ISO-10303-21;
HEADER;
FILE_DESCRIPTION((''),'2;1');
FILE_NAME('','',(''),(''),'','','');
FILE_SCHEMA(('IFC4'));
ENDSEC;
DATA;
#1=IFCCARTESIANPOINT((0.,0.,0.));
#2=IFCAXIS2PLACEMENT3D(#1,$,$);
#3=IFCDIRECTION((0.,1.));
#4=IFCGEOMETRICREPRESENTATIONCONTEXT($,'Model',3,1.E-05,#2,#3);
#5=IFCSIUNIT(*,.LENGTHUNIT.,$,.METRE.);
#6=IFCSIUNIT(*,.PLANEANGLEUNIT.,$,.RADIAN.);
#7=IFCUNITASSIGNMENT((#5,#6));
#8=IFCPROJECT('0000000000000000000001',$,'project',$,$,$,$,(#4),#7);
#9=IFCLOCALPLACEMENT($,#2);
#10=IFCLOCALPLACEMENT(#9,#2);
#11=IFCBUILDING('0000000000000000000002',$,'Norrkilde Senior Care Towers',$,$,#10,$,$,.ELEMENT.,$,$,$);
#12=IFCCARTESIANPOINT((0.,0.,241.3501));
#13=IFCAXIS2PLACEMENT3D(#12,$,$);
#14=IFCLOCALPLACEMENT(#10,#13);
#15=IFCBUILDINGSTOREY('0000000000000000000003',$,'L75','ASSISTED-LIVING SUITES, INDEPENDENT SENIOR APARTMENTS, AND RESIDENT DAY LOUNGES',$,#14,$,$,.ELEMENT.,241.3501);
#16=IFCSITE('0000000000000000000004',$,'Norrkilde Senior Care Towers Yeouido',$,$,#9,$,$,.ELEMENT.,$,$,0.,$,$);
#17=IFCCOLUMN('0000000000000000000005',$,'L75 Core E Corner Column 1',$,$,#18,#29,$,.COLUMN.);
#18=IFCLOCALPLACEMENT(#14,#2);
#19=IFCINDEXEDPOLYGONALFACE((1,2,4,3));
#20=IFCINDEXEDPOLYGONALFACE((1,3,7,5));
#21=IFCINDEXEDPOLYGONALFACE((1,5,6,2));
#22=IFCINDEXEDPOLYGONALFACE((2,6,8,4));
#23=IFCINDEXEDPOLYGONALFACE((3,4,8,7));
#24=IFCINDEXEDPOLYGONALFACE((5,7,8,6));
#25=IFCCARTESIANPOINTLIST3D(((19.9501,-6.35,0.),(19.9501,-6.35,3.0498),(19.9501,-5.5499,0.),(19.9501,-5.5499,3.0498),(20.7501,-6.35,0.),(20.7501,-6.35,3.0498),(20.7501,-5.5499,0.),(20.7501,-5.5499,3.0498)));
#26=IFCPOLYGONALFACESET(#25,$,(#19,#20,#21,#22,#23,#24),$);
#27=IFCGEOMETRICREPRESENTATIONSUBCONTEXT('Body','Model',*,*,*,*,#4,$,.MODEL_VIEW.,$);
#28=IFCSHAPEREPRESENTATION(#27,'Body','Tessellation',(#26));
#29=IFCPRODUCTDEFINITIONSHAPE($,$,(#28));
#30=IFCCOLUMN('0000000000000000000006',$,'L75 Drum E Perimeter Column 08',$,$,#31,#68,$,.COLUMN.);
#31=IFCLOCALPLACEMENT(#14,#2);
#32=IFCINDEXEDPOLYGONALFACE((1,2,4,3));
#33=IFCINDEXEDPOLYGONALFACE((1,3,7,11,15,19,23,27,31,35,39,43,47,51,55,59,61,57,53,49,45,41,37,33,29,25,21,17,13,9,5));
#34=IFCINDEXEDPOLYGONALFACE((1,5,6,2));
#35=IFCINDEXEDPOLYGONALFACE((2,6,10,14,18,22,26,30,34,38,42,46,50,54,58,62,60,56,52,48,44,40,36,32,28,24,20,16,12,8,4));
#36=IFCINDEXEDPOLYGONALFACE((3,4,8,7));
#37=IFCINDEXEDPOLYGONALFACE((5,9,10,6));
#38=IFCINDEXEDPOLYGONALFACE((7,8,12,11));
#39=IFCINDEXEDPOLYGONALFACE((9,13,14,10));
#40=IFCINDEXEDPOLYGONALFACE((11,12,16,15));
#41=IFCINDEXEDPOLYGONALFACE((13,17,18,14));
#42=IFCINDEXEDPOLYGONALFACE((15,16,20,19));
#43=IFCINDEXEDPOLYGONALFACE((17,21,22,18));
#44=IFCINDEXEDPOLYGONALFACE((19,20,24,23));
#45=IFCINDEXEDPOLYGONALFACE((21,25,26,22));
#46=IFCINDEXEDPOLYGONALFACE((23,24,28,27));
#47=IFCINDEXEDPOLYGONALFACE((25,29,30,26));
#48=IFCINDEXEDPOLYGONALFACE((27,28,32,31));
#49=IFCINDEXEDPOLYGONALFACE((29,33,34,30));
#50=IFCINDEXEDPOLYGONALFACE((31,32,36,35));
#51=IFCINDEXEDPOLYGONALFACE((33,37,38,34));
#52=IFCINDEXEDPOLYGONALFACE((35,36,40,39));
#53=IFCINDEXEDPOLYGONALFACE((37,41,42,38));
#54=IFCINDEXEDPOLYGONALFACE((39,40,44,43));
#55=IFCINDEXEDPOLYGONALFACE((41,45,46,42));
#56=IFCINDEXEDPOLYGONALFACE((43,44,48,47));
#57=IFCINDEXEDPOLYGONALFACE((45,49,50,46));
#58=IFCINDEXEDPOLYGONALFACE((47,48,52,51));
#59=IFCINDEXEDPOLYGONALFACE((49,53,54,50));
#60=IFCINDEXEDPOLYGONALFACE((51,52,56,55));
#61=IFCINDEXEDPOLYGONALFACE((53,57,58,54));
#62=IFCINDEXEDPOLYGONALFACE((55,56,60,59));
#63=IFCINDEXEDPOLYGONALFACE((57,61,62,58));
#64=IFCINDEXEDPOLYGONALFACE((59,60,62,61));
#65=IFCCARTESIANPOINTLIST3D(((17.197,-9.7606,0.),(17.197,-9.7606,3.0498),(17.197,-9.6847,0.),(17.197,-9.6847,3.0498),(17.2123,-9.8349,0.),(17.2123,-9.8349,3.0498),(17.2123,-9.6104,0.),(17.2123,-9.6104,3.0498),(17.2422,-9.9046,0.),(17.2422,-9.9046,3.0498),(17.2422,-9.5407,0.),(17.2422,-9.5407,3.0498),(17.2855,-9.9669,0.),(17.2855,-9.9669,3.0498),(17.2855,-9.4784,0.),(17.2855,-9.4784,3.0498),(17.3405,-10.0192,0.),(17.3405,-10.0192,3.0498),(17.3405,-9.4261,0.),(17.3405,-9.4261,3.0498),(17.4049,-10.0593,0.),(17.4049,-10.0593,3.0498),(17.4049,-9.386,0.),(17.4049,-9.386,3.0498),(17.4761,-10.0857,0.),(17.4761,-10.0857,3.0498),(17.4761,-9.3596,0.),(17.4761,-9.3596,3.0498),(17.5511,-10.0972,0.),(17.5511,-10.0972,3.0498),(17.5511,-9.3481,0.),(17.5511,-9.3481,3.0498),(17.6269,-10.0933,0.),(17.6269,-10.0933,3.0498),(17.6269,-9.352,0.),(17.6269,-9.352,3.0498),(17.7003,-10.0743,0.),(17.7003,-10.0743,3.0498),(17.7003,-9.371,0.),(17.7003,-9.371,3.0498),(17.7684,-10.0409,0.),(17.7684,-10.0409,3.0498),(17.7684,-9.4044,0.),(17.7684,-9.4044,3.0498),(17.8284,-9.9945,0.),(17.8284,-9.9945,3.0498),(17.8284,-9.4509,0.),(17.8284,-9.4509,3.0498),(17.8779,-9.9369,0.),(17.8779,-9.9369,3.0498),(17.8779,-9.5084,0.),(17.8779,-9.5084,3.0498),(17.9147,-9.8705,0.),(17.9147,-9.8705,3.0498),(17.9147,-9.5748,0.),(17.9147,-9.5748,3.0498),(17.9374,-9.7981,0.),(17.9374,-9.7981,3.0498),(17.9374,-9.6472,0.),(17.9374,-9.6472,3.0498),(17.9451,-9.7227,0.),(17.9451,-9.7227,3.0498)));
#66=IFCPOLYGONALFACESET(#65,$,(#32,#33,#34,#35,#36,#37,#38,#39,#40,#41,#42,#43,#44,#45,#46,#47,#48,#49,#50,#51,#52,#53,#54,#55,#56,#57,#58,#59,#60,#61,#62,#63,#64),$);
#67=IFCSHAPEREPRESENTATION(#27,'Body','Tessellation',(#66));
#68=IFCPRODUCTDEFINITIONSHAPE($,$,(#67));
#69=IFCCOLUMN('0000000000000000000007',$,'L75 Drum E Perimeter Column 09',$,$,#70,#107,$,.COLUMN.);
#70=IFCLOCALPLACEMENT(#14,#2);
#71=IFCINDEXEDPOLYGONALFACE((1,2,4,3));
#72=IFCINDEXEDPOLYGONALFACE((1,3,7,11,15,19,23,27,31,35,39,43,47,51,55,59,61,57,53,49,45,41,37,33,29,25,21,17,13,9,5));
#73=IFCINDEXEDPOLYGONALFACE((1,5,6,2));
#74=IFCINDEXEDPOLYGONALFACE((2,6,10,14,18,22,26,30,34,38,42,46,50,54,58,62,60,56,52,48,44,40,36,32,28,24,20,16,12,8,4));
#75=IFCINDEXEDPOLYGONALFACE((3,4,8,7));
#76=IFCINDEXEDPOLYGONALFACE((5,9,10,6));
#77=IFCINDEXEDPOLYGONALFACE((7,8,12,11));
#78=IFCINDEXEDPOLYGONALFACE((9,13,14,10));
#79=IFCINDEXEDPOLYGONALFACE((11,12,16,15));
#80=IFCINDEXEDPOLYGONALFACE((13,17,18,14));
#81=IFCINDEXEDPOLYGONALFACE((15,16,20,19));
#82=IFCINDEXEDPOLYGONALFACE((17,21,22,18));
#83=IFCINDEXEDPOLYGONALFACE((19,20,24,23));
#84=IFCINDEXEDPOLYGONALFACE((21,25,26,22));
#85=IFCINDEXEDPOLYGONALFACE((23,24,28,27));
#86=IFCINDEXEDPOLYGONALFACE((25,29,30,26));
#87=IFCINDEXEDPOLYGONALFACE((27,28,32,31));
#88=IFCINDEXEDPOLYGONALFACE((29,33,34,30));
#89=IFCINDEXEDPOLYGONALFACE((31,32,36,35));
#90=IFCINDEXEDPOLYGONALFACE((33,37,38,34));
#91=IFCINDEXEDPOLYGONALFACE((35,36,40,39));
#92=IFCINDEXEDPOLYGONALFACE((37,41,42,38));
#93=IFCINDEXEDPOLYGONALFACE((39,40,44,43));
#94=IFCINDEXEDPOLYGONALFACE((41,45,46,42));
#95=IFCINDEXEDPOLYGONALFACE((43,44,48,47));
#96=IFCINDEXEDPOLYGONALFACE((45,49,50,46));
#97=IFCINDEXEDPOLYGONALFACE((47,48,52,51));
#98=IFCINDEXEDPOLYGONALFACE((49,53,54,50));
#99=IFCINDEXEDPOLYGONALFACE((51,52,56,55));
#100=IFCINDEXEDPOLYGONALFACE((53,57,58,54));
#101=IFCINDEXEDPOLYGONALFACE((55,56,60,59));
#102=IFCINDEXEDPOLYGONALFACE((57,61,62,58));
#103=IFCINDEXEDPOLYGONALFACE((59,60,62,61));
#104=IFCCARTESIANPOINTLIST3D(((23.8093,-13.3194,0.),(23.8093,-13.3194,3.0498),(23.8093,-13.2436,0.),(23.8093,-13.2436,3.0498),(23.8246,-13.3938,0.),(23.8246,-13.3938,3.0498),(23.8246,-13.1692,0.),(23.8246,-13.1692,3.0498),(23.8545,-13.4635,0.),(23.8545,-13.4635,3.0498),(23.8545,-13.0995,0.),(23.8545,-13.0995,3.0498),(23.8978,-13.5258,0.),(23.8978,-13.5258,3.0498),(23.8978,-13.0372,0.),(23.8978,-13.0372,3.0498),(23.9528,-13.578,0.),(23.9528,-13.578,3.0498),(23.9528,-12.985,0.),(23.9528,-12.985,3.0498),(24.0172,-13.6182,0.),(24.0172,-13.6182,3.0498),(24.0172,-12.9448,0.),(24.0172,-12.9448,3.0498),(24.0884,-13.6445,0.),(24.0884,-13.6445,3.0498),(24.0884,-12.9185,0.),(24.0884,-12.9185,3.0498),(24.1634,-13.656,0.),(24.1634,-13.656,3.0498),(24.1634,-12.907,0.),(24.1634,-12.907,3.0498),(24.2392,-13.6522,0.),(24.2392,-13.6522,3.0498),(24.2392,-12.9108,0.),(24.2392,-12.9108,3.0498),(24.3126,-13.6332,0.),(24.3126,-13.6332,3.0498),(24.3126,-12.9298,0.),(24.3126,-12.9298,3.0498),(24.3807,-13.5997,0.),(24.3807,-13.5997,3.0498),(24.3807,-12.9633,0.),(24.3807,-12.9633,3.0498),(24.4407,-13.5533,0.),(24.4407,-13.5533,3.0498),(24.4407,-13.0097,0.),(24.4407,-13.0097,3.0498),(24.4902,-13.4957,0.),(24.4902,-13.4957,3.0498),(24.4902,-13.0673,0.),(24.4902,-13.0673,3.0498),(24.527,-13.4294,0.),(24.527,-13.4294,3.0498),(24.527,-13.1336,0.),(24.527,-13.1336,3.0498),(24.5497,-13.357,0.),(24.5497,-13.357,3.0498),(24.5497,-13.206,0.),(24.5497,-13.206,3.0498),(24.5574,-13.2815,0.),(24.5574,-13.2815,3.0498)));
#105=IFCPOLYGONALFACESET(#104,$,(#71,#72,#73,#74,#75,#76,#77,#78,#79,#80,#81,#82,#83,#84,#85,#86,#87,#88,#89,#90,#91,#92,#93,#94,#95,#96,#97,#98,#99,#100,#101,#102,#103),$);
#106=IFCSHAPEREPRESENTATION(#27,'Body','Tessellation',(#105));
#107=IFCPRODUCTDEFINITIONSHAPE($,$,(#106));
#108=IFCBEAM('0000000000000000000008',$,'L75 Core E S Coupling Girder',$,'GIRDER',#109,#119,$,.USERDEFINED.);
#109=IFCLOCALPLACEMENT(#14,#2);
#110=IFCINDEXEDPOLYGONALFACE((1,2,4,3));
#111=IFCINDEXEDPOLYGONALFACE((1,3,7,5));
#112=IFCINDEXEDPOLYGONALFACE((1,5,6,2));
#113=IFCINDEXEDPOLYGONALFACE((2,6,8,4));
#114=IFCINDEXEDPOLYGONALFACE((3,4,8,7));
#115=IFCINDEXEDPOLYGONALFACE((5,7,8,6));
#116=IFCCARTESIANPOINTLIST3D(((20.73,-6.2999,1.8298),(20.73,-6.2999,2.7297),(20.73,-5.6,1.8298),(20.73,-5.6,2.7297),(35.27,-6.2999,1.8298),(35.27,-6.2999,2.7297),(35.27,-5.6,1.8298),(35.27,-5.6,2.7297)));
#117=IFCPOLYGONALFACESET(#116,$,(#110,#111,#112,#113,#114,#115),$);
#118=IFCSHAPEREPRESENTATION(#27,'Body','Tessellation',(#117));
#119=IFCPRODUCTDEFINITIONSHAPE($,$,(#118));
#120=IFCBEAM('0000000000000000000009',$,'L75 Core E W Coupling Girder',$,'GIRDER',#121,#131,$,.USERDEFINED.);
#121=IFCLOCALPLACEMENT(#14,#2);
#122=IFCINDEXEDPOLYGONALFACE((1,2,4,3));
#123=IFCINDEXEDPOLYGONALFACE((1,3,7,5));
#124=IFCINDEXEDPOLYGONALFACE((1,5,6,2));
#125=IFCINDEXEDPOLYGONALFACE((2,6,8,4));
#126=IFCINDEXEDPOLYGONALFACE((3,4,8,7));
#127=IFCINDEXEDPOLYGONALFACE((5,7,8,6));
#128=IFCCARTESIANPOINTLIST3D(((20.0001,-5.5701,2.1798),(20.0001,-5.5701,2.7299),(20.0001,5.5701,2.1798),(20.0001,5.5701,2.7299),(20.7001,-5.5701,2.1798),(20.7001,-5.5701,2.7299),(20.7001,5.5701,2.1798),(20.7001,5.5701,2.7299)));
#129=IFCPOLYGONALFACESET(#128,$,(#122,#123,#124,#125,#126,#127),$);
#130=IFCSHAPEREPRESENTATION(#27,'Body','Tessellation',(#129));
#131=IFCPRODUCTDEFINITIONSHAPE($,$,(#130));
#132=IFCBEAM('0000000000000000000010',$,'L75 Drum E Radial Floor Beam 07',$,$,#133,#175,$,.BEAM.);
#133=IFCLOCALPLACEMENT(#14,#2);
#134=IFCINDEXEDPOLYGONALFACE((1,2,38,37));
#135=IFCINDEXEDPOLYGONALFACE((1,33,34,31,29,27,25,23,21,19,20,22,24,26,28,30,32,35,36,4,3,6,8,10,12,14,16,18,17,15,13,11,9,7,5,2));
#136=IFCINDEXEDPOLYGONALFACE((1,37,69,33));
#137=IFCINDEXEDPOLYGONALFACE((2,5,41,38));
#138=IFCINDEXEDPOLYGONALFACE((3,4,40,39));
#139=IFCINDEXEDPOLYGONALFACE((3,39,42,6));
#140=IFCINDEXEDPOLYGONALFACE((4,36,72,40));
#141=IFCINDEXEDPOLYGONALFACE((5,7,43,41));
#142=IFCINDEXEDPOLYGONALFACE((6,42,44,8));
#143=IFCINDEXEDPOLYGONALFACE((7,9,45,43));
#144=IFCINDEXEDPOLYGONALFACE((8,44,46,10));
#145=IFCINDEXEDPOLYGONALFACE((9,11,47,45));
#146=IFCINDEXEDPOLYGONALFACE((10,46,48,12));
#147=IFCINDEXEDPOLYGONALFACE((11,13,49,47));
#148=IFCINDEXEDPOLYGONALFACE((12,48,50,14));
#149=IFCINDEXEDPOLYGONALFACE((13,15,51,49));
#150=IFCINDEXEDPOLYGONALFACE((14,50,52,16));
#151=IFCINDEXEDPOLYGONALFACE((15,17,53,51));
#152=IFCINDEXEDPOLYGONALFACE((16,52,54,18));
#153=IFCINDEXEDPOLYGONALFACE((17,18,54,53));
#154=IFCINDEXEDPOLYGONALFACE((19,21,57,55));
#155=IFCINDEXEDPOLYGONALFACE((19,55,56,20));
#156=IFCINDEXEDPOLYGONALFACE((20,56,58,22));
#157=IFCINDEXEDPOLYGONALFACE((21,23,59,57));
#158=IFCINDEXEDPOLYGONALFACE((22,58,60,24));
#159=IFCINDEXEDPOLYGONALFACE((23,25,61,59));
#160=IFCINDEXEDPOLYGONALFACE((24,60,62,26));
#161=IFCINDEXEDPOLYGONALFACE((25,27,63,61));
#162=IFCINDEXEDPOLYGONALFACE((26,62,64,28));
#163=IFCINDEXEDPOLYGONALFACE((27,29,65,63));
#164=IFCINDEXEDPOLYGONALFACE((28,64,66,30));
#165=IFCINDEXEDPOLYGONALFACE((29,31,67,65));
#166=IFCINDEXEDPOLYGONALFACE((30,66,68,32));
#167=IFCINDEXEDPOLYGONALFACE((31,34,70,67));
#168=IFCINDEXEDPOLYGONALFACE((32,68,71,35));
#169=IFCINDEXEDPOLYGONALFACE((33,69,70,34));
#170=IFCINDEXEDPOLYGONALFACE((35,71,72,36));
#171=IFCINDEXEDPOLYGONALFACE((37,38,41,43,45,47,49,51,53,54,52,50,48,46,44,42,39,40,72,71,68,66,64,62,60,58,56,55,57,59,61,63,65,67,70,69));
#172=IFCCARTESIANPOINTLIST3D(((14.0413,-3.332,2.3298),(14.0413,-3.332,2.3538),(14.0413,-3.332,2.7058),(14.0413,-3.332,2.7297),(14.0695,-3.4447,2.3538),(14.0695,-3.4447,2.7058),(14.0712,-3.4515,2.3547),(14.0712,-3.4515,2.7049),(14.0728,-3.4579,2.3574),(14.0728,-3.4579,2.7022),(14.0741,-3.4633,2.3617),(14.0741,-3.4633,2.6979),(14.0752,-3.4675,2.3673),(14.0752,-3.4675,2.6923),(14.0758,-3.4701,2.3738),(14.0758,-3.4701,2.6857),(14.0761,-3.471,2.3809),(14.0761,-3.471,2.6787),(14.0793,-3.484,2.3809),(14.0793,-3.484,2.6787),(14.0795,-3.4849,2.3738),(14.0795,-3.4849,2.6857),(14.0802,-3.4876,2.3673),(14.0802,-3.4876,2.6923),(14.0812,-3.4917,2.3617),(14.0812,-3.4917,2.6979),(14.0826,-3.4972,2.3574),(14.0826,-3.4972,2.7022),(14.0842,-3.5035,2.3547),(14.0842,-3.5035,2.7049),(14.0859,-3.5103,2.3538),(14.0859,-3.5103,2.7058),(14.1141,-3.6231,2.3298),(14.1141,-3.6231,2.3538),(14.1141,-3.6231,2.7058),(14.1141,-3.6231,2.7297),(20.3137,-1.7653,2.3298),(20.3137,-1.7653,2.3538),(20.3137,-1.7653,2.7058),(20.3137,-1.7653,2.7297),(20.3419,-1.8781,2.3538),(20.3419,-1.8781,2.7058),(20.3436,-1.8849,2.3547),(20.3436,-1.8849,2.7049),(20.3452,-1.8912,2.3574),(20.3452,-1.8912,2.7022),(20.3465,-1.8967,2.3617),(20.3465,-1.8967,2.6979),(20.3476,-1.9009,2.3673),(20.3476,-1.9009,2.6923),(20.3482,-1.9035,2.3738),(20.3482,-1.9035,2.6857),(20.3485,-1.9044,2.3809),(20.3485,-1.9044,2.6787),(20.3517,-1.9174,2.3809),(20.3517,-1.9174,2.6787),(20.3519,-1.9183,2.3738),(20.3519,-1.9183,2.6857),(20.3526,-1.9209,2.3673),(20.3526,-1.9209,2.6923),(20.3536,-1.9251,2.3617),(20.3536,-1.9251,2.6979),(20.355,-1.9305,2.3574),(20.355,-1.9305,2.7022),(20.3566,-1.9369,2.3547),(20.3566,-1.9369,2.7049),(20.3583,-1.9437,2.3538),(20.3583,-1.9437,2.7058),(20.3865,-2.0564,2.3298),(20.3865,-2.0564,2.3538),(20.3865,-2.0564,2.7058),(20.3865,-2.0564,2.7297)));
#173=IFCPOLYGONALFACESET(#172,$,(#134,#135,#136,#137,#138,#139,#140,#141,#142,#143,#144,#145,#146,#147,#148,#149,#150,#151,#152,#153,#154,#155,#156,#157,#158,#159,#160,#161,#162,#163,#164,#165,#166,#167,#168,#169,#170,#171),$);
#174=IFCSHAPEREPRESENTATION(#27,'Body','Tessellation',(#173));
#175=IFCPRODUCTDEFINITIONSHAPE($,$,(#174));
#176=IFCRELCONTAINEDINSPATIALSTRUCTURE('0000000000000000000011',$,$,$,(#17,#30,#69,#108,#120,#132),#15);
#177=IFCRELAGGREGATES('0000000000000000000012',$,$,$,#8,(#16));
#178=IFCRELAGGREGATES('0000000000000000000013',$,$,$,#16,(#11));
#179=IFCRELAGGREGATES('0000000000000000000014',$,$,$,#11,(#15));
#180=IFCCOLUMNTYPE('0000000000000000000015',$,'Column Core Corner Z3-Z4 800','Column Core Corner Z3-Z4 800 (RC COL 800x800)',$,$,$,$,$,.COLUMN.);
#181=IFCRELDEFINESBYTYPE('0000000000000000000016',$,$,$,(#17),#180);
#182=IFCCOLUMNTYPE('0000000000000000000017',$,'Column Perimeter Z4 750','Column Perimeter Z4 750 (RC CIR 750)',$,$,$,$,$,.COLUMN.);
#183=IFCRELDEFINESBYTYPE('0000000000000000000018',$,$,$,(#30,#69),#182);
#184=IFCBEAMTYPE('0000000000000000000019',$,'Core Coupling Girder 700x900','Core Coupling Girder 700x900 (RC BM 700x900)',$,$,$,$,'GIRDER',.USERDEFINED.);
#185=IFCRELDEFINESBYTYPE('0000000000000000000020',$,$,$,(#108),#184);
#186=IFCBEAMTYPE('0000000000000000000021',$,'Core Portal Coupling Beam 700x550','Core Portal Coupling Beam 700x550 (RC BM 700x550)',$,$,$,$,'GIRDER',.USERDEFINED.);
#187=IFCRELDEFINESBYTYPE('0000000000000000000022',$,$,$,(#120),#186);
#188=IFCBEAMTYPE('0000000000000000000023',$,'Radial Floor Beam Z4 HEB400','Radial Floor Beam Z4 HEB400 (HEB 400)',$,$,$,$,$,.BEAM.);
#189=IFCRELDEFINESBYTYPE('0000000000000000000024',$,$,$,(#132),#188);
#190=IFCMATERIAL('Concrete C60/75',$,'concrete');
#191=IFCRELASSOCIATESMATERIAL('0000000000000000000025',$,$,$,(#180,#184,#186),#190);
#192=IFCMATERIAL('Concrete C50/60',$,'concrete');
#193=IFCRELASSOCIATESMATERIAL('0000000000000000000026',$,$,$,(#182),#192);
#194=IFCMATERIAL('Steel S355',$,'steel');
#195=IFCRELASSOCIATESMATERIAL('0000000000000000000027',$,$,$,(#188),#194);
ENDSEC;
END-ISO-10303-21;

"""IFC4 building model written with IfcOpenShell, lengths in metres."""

from ifc_helpers import new_model, si_unit, direction, frame, origin, origin_2d, place, context, subcontext, project, spatial, rectangle, circle, i_section, extrude, source, transform, mapped, material, material_profile, profile_set, type_object, type_shapes, element, save


model = new_model("IFC4")

# Units and contexts
model_context = context("Model", 3, precision=1e-05, world=origin(), true_north=direction((0.0, 1.0)))
body_context = subcontext(model_context, "Body", "Model", "MODEL_VIEW")
ifc_project = project(units=[si_unit("LENGTHUNIT", "METRE"), si_unit("PLANEANGLEUNIT", "RADIAN")], contexts=[model_context])

# Site, building, storey
site_placement = place(None, origin())
site = spatial("IfcSite", under=ifc_project, at=site_placement, Name="Norrkilde Senior Care Towers Yeouido", CompositionType="ELEMENT", RefElevation=0.0)
building_placement = place(site_placement, origin())
building = spatial("IfcBuilding", under=site, at=building_placement, Name="Norrkilde Senior Care Towers", CompositionType="ELEMENT")
storey_placement = place(building_placement, frame((0.0, 0.0, 241.3501)))
storey = spatial("IfcBuildingStorey", under=building, at=storey_placement, Name="L75", Description="ASSISTED-LIVING SUITES, INDEPENDENT SENIOR APARTMENTS, AND RESIDENT DAY LOUNGES", CompositionType="ELEMENT", Elevation=241.3501)

# Columns
ifc_material_1 = material(Name="Concrete C60/75", Category="concrete")
ifc_material_profile_1 = material_profile(ifc_material_1, rectangle(XDim=0.8, YDim=0.8, at=origin_2d()), Name="RC COL 800x800")
ifc_profile_set_1 = profile_set([ifc_material_profile_1], Name="Concrete C60/75")
column_type_1 = type_object("IfcColumnType", Name="Column Core Corner Z3-Z4 800", Description="Column Core Corner Z3-Z4 800 (RC COL 800x800)", PredefinedType="COLUMN", material=ifc_profile_set_1)
shared_shape_1 = source(origin(), body_context, "Body", "SweptSolid", [
    extrude(rectangle(XDim=0.8, YDim=0.8, at=origin_2d()), origin(), (0.0, 0.0, 1.0), 3.0498),
])
type_shapes(column_type_1, [shared_shape_1])
column_placement = place(storey_placement, frame((20.3501, -5.95, 0.0), z_axis=(0.0, 0.0, 1.0), x_axis=(1.0, 0.0, 0.0)))
element("IfcColumn", 1, at=column_placement, inside=storey, type_object=column_type_1, Name="L75 Core E Corner Column 1", PredefinedType="COLUMN", context=body_context, shape_type="MappedRepresentation", body=[
    mapped(shared_shape_1, transform((0.0, 0.0, 0.0), x_axis=(1.0, 0.0, 0.0), y_axis=(0.0, 1.0, 0.0), z_axis=(0.0, 0.0, 1.0), scale=1.0)),
])
ifc_material_2 = material(Name="Concrete C50/60", Category="concrete")
ifc_material_profile_2 = material_profile(ifc_material_2, circle(Radius=0.375, at=origin_2d()), Name="RC CIR 750")
ifc_profile_set_2 = profile_set([ifc_material_profile_2], Name="Concrete C50/60")
column_type_2 = type_object("IfcColumnType", Name="Column Perimeter Z4 750", Description="Column Perimeter Z4 750 (RC CIR 750)", PredefinedType="COLUMN", material=ifc_profile_set_2)
shared_shape_2 = source(origin(), body_context, "Body", "SweptSolid", [
    extrude(circle(Radius=0.375, at=origin_2d()), origin(), (0.0, 0.0, 1.0), 3.0498),
])
type_shapes(column_type_2, [shared_shape_2])
for number, where, z_axis, x_axis, name in (
    (2, (17.5701, -9.7227, 0.0), (0.0, 0.0, 1.0), (1.0, 0.0, 0.0), "L75 Drum E Perimeter Column 08"),
    (3, (24.1824, -13.2815, 0.0), (0.0, 0.0, 1.0), (1.0, 0.0, 0.0), "L75 Drum E Perimeter Column 09"),
):
    element("IfcColumn", number, at=place(storey_placement, frame(where, z_axis=z_axis, x_axis=x_axis)), inside=storey, type_object=column_type_2, Name=name, PredefinedType="COLUMN", context=body_context, shape_type="MappedRepresentation", body=[
        mapped(shared_shape_2, transform((0.0, 0.0, 0.0), x_axis=(1.0, 0.0, 0.0), y_axis=(0.0, 1.0, 0.0), z_axis=(0.0, 0.0, 1.0), scale=1.0)),
    ])

# Beams
ifc_material_profile_3 = material_profile(ifc_material_1, rectangle(XDim=0.7, YDim=0.8999, at=origin_2d()), Name="RC BM 700x900")
ifc_profile_set_3 = profile_set([ifc_material_profile_3], Name="Concrete C60/75")
beam_type_1 = type_object("IfcBeamType", Name="Core Coupling Girder 700x900", Description="Core Coupling Girder 700x900 (RC BM 700x900)", ElementType="GIRDER", PredefinedType="USERDEFINED", material=ifc_profile_set_3)
shared_shape_3 = source(origin(), body_context, "Body", "SweptSolid", [
    extrude(rectangle(XDim=0.7, YDim=0.8999, at=origin_2d()), origin(), (0.0, 0.0, 1.0), 14.54),
])
type_shapes(beam_type_1, [shared_shape_3])
beam_1_placement = place(storey_placement, frame((20.73, -5.95, 2.2798), z_axis=(1.0, 0.0, 0.0), x_axis=(0.0, 1.0, 0.0)))
element("IfcBeam", 4, at=beam_1_placement, inside=storey, type_object=beam_type_1, Name="L75 Core E S Coupling Girder", ObjectType="GIRDER", PredefinedType="USERDEFINED", context=body_context, shape_type="MappedRepresentation", body=[
    mapped(shared_shape_3, transform((0.0, 0.0, 0.0), x_axis=(1.0, 0.0, 0.0), y_axis=(0.0, 1.0, 0.0), z_axis=(0.0, 0.0, 1.0), scale=1.0)),
])
ifc_material_profile_4 = material_profile(ifc_material_1, rectangle(XDim=0.7, YDim=0.55, at=origin_2d()), Name="RC BM 700x550")
ifc_profile_set_4 = profile_set([ifc_material_profile_4], Name="Concrete C60/75")
beam_type_2 = type_object("IfcBeamType", Name="Core Portal Coupling Beam 700x550", Description="Core Portal Coupling Beam 700x550 (RC BM 700x550)", ElementType="GIRDER", PredefinedType="USERDEFINED", material=ifc_profile_set_4)
shared_shape_4 = source(origin(), body_context, "Body", "SweptSolid", [
    extrude(rectangle(XDim=0.7, YDim=0.55, at=origin_2d()), origin(), (0.0, 0.0, 1.0), 11.1401),
])
type_shapes(beam_type_2, [shared_shape_4])
beam_2_placement = place(storey_placement, frame((20.3501, -5.5701, 2.4548), z_axis=(0.0, 1.0, 0.0), x_axis=(-1.0, 0.0, 0.0)))
element("IfcBeam", 5, at=beam_2_placement, inside=storey, type_object=beam_type_2, Name="L75 Core E W Coupling Girder", ObjectType="GIRDER", PredefinedType="USERDEFINED", context=body_context, shape_type="MappedRepresentation", body=[
    mapped(shared_shape_4, transform((0.0, 0.0, 0.0), x_axis=(1.0, 0.0, 0.0), y_axis=(0.0, 1.0, 0.0), z_axis=(0.0, 0.0, 1.0), scale=1.0)),
])
ifc_material_3 = material(Name="Steel S355", Category="steel")
ifc_material_profile_5 = material_profile(ifc_material_3, i_section(OverallWidth=0.3, OverallDepth=0.3999, WebThickness=0.0134, FlangeThickness=0.0239, FilletRadius=0.0271, at=origin_2d()), Name="HEB 400")
ifc_profile_set_5 = profile_set([ifc_material_profile_5], Name="Steel S355")
beam_type_3 = type_object("IfcBeamType", Name="Radial Floor Beam Z4 HEB400", Description="Radial Floor Beam Z4 HEB400 (HEB 400)", PredefinedType="BEAM", material=ifc_profile_set_5)
shared_shape_5 = source(origin(), body_context, "Body", "SweptSolid", [
    extrude(i_section(OverallWidth=0.3, OverallDepth=0.3999, WebThickness=0.0134, FlangeThickness=0.0239, FilletRadius=0.0271, at=origin_2d()), origin(), (0.0, 0.0, 1.0), 6.4651),
])
beam_3_placement = place(storey_placement, frame((20.3501, -1.9109, 2.5298), z_axis=(-0.970196, -0.242322, 0.0), x_axis=(0.242322, -0.970196, 0.0)))
element("IfcBeam", 6, at=beam_3_placement, inside=storey, type_object=beam_type_3, Name="L75 Drum E Radial Floor Beam 07", PredefinedType="BEAM", context=body_context, shape_type="MappedRepresentation", body=[
    mapped(shared_shape_5, transform((0.0, 0.0, 0.0), x_axis=(1.0, 0.0, 0.0), y_axis=(0.0, 1.0, 0.0), z_axis=(0.0, 0.0, 1.0), scale=1.0)),
])

save(model, "model.ifc")
